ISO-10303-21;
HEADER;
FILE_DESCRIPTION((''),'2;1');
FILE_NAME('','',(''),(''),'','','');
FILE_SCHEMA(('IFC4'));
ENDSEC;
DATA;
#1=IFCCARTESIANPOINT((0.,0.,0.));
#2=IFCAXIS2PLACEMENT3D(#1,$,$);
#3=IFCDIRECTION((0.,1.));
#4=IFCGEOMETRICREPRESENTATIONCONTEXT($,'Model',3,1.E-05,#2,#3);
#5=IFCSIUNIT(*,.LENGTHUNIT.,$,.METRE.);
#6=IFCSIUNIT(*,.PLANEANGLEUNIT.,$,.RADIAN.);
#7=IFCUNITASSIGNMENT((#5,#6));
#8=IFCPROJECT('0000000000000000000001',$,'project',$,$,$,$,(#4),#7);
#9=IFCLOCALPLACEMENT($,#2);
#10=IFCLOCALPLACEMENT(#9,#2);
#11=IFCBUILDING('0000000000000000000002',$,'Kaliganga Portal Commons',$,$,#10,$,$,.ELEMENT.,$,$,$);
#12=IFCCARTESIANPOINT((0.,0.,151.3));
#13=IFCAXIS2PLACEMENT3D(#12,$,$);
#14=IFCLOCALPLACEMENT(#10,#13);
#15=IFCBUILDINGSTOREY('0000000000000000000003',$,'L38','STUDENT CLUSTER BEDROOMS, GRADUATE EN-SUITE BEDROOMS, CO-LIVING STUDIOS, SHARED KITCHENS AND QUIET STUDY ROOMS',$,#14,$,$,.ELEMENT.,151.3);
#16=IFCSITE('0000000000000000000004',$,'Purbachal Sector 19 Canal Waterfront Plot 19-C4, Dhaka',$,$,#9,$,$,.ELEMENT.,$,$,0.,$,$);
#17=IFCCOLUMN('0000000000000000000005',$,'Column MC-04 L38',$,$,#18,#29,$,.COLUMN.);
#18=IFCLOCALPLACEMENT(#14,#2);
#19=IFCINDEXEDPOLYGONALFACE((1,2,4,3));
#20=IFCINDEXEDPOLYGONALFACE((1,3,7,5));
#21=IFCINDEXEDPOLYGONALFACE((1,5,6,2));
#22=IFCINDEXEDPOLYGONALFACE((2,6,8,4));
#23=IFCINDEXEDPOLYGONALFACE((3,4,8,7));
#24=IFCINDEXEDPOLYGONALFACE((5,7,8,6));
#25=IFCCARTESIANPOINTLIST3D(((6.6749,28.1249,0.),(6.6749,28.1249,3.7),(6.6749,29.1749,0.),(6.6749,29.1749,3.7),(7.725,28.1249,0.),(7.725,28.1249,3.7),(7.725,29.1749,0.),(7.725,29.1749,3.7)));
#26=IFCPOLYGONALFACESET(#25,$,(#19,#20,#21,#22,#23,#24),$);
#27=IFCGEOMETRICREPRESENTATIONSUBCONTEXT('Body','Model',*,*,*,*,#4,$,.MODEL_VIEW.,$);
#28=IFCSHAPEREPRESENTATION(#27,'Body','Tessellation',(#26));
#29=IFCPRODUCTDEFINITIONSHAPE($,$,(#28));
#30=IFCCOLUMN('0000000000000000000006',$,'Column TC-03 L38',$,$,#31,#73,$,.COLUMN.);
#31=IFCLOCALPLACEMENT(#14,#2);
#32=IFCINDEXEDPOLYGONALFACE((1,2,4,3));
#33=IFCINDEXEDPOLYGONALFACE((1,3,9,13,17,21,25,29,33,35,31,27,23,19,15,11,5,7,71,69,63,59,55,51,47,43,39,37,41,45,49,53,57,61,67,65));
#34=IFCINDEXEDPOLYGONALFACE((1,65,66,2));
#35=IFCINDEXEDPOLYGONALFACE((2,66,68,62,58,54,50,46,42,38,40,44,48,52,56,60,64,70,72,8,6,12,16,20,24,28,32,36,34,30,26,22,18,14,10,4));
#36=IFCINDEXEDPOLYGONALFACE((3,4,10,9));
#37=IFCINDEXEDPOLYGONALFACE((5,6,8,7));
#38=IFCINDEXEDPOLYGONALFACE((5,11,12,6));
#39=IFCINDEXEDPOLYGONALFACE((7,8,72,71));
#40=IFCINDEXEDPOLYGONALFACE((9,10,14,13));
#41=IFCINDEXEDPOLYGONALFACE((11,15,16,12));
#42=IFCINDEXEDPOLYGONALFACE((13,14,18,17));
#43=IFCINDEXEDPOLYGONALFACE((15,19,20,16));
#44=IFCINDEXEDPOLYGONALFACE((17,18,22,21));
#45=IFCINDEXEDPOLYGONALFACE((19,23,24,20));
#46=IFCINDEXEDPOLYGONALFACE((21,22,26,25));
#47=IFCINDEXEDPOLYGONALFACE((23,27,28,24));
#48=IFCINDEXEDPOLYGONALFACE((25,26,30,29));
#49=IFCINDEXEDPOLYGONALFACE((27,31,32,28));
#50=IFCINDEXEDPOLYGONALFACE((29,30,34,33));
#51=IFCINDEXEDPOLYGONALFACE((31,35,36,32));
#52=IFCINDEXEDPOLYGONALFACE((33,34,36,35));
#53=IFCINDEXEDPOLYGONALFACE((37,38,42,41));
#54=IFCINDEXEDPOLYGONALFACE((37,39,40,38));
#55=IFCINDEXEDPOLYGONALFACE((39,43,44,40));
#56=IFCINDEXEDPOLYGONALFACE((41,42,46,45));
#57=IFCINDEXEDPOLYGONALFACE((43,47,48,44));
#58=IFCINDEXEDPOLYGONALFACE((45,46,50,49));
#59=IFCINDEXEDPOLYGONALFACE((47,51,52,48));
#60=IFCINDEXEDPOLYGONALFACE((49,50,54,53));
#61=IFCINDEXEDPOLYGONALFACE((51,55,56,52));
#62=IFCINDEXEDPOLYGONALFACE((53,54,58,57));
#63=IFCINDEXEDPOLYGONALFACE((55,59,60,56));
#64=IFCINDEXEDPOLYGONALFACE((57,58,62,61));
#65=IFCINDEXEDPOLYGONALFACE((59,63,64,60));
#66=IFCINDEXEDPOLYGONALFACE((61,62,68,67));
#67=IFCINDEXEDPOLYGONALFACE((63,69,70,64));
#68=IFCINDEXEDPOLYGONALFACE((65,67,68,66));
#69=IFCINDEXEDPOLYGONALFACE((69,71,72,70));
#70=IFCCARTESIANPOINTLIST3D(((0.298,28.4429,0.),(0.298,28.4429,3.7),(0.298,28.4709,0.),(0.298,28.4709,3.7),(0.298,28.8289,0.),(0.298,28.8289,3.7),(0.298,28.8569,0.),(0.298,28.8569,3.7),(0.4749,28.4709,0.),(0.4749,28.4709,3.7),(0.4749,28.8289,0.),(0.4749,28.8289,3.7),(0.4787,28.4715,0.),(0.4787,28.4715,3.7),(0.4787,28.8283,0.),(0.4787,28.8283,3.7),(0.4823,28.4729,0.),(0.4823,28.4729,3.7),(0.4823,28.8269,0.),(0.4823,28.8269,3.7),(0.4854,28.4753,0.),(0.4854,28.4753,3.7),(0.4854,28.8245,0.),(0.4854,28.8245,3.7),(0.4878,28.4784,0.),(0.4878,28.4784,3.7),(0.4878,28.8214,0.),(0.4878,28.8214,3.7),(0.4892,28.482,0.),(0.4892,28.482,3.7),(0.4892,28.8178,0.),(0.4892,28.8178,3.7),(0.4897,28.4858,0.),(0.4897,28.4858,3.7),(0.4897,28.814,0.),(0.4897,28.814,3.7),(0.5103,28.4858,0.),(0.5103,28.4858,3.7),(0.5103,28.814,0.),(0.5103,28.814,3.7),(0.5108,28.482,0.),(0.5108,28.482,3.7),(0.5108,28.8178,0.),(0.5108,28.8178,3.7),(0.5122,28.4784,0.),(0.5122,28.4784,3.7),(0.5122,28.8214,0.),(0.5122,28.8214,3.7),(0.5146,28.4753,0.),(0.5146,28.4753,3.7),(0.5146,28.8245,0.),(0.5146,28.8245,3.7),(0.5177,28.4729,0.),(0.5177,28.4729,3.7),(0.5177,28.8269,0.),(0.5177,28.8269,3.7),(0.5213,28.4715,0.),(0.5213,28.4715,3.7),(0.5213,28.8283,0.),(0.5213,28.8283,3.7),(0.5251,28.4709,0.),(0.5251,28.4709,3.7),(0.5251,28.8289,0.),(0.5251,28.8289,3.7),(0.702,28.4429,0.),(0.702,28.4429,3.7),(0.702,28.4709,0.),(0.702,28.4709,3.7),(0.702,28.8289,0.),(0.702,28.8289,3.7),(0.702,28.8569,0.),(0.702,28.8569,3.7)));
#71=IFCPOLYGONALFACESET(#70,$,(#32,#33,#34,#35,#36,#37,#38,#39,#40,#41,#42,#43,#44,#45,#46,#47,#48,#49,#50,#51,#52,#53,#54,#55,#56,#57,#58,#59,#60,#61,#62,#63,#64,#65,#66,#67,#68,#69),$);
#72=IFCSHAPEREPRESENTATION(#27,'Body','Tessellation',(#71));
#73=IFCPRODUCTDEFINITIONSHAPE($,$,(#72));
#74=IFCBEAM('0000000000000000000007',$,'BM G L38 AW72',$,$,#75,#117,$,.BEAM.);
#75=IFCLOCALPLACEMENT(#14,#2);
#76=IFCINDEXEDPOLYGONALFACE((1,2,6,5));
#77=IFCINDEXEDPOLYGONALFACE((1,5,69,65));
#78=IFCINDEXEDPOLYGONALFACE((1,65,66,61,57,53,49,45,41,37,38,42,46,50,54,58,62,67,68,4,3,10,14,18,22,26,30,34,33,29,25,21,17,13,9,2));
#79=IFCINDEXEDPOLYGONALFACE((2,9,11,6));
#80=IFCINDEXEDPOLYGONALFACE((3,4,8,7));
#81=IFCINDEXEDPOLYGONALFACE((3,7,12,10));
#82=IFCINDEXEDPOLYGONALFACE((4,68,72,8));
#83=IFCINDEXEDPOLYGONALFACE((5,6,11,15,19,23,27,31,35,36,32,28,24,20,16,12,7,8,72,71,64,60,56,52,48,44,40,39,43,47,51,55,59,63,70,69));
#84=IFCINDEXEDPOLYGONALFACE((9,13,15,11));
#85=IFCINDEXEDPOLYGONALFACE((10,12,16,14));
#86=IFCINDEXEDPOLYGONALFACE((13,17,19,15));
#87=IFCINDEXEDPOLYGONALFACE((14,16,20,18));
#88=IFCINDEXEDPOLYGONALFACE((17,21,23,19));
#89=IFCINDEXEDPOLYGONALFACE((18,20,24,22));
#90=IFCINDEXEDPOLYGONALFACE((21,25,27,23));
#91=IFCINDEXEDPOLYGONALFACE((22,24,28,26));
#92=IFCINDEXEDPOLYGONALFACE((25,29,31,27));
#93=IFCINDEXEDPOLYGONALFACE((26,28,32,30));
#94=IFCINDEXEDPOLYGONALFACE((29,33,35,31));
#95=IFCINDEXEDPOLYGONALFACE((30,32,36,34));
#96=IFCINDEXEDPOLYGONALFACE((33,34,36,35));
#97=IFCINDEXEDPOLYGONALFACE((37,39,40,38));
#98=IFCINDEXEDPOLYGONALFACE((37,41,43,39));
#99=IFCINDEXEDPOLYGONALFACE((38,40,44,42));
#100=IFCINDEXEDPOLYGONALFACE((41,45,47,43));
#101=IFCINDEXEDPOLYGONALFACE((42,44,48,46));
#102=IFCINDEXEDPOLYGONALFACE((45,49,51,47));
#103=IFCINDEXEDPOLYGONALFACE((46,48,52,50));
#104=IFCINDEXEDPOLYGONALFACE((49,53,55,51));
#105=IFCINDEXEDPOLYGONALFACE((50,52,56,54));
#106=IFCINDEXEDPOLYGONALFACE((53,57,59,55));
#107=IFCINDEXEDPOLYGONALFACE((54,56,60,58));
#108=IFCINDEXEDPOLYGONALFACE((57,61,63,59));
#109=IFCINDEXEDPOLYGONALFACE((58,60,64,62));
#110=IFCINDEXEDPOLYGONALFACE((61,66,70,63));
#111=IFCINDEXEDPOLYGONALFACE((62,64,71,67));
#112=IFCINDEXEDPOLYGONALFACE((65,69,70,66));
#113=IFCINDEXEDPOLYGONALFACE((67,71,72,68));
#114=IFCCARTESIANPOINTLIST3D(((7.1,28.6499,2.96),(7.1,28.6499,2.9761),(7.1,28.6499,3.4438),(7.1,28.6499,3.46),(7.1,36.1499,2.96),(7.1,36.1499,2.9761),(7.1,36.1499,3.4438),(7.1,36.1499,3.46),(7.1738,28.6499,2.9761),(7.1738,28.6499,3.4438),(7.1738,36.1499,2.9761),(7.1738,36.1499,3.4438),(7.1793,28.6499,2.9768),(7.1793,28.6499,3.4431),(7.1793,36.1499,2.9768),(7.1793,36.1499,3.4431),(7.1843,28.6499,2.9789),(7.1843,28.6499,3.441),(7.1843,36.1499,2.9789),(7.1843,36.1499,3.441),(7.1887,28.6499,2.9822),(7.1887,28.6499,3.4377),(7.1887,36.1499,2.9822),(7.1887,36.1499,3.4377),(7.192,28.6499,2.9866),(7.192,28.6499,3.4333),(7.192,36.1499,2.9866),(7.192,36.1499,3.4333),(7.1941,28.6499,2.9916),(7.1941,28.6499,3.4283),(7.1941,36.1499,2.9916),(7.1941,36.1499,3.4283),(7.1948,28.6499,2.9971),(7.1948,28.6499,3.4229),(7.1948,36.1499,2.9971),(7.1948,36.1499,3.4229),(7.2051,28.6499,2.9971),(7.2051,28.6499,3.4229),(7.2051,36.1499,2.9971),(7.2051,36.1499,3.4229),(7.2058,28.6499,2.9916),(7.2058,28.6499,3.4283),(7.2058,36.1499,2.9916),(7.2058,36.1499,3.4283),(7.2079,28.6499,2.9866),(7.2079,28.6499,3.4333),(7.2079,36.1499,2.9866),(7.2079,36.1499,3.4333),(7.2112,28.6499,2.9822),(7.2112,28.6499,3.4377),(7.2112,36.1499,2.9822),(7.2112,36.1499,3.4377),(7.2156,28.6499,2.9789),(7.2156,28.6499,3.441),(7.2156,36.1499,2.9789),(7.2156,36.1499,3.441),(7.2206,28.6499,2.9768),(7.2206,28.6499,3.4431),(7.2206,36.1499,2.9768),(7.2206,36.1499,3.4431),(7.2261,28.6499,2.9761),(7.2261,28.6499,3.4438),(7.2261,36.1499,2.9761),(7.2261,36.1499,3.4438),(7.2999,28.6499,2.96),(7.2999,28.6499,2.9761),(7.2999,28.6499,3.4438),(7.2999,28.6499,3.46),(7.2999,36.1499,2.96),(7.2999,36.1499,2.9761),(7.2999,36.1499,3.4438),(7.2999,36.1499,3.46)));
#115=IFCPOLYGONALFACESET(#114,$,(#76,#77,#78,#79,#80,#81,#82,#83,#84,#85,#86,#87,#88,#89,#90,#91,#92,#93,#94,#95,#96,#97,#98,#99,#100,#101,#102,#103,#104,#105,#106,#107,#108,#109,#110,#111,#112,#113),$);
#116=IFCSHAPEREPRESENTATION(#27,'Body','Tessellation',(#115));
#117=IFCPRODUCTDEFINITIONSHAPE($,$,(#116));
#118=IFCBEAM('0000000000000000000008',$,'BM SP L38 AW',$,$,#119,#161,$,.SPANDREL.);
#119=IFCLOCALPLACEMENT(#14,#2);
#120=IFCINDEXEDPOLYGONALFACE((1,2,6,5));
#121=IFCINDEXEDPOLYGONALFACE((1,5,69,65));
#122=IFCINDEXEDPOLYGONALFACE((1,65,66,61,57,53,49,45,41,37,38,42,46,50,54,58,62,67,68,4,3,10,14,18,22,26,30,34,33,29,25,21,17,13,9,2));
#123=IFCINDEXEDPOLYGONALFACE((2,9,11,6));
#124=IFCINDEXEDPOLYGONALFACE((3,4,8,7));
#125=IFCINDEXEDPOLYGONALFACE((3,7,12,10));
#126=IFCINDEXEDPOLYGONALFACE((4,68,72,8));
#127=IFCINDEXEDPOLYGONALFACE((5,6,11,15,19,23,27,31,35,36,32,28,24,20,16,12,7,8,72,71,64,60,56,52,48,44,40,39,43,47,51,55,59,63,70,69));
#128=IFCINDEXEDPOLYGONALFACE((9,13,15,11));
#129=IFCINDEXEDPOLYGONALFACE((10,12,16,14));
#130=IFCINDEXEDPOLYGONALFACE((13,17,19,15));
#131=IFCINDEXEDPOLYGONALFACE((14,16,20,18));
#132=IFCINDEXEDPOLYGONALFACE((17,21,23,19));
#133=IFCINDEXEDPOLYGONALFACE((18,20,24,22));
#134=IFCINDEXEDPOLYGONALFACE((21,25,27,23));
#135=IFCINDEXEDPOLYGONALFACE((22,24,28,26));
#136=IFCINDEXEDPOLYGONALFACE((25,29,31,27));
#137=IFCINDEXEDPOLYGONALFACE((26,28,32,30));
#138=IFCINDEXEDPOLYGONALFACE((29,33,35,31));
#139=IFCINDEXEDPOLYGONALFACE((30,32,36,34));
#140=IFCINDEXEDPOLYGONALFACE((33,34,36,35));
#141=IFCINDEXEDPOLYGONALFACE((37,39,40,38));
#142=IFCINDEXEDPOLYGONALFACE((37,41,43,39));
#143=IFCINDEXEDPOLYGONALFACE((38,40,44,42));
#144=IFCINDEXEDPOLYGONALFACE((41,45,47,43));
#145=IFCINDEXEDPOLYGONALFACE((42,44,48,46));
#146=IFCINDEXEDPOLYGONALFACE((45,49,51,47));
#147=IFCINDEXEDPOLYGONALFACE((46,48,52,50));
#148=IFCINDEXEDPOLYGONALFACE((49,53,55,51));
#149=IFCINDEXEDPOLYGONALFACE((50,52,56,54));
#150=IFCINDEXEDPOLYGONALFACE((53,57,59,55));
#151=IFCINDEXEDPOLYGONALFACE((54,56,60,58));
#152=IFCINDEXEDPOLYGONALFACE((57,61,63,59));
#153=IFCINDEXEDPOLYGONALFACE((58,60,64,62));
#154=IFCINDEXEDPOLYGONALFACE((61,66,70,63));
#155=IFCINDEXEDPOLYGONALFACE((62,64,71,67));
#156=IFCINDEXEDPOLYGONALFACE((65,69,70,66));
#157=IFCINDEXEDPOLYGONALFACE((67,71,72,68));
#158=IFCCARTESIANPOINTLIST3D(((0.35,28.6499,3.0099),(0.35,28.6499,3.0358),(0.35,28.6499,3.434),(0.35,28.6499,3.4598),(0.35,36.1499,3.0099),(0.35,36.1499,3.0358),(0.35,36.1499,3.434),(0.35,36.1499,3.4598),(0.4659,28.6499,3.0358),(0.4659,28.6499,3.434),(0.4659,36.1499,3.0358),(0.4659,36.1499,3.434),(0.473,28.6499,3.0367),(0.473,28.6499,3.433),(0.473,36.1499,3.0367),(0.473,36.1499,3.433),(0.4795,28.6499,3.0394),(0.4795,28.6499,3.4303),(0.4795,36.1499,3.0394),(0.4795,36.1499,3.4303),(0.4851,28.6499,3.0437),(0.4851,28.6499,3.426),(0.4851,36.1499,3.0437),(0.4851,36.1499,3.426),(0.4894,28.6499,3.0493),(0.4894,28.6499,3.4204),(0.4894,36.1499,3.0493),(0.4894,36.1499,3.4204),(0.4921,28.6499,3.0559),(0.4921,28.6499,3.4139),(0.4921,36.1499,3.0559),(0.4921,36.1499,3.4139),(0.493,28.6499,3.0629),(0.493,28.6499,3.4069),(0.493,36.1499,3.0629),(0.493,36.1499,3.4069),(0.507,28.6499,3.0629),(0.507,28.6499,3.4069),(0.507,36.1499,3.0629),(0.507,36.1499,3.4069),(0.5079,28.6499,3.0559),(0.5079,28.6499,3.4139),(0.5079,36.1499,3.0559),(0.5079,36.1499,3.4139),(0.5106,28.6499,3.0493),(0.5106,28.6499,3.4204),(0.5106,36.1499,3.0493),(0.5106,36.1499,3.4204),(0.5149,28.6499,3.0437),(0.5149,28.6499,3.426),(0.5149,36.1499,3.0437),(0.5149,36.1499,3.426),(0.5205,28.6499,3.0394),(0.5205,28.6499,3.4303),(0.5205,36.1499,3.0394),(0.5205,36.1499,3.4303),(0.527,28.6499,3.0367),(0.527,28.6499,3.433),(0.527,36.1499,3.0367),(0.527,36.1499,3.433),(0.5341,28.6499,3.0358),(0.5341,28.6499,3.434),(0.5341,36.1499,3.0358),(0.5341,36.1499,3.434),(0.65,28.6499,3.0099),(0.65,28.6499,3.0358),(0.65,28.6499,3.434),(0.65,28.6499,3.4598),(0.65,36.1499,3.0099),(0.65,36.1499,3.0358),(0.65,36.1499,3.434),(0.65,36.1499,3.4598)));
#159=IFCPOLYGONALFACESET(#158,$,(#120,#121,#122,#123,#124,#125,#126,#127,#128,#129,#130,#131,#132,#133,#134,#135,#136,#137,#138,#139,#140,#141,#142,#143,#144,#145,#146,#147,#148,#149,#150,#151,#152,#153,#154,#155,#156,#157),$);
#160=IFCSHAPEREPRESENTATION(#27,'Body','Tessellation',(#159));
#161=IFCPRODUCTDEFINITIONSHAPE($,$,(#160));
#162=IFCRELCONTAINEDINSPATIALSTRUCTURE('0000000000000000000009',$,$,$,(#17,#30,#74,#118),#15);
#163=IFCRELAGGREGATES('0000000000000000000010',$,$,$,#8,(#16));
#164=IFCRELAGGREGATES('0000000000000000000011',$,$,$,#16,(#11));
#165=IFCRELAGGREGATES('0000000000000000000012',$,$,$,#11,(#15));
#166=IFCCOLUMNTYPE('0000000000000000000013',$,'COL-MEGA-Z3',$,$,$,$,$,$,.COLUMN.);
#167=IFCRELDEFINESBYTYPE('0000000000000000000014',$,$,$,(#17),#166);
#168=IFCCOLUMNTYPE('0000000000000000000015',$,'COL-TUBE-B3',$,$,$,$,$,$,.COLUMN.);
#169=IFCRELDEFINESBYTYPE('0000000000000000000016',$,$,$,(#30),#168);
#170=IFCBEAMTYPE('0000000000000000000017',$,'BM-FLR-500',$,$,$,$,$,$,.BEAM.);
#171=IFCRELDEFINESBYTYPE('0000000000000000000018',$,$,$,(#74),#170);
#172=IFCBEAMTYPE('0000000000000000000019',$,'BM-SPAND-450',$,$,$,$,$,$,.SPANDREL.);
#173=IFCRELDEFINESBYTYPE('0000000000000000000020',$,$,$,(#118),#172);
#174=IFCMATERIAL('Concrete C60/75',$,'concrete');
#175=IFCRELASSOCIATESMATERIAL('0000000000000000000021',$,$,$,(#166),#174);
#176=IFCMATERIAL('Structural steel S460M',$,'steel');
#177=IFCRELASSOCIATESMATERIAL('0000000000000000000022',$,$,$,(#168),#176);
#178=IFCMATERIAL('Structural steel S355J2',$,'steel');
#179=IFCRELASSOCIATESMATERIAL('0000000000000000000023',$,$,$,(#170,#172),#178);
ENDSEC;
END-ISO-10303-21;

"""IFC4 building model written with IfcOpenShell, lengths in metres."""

from ifc_helpers import new_model, si_unit, direction, frame, origin, origin_2d, place, context, subcontext, project, spatial, rectangle, i_section, extrude, source, transform, mapped, material, material_profile, profile_set, type_object, element, save


model = new_model("IFC4")

# Units and contexts
model_context = context("Model", 3, precision=1e-05, world=origin(), true_north=direction((0.0, 1.0)))
body_context = subcontext(model_context, "Body", "Model", "MODEL_VIEW")
ifc_project = project(units=[si_unit("LENGTHUNIT", "METRE"), si_unit("PLANEANGLEUNIT", "RADIAN")], contexts=[model_context])

# Site, building, storey
site_placement = place(None, origin())
site = spatial("IfcSite", under=ifc_project, at=site_placement, Name="Purbachal Sector 19 Canal Waterfront Plot 19-C4, Dhaka", CompositionType="ELEMENT", RefElevation=0.0)
building_placement = place(site_placement, origin())
building = spatial("IfcBuilding", under=site, at=building_placement, Name="Kaliganga Portal Commons", CompositionType="ELEMENT")
storey_placement = place(building_placement, frame((0.0, 0.0, 151.3)))
storey = spatial("IfcBuildingStorey", under=building, at=storey_placement, Name="L38", Description="STUDENT CLUSTER BEDROOMS, GRADUATE EN-SUITE BEDROOMS, CO-LIVING STUDIOS, SHARED KITCHENS AND QUIET STUDY ROOMS", CompositionType="ELEMENT", Elevation=151.3)

# Columns
ifc_material_1 = material(Name="Concrete C60/75", Category="concrete")
ifc_material_profile_1 = material_profile(ifc_material_1, rectangle(XDim=1.05, YDim=1.05, at=origin_2d()), Name="RC 1050x1050")
ifc_profile_set_1 = profile_set([ifc_material_profile_1], Name="Concrete C60/75")
column_type_1 = type_object("IfcColumnType", Name="COL-MEGA-Z3", PredefinedType="COLUMN", material=ifc_profile_set_1)
shared_shape_1 = source(origin(), body_context, "Body", "SweptSolid", [
    extrude(rectangle(XDim=1.05, YDim=1.05, at=origin_2d()), origin(), (0.0, 0.0, 1.0), 3.7),
])
column_1_placement = place(storey_placement, frame((7.2, 28.6499, 0.0), z_axis=(0.0, 0.0, 1.0), x_axis=(1.0, 0.0, 0.0)))
element("IfcColumn", 1, at=column_1_placement, inside=storey, type_object=column_type_1, Name="Column MC-04 L38", PredefinedType="COLUMN", context=body_context, shape_type="MappedRepresentation", body=[
    mapped(shared_shape_1, transform((0.0, 0.0, 0.0), x_axis=(1.0, 0.0, 0.0), y_axis=(0.0, 1.0, 0.0), z_axis=(0.0, 0.0, 1.0), scale=1.0)),
])
ifc_material_2 = material(Name="Structural steel S460M", Category="steel")
ifc_material_profile_2 = material_profile(ifc_material_2, i_section(OverallWidth=0.4041, OverallDepth=0.4141, WebThickness=0.0205, FlangeThickness=0.0281, FilletRadius=0.0149, at=origin_2d()), Name="HD 400x347")
ifc_profile_set_2 = profile_set([ifc_material_profile_2], Name="Structural steel S460M wide-flange")
column_type_2 = type_object("IfcColumnType", Name="COL-TUBE-B3", PredefinedType="COLUMN", material=ifc_profile_set_2)
shared_shape_2 = source(origin(), body_context, "Body", "SweptSolid", [
    extrude(i_section(OverallWidth=0.4041, OverallDepth=0.4141, WebThickness=0.0205, FlangeThickness=0.0281, FilletRadius=0.0149, at=origin_2d()), origin(), (0.0, 0.0, 1.0), 3.7),
])
column_2_placement = place(storey_placement, frame((0.5, 28.6499, 0.0), z_axis=(0.0, 0.0, 1.0), x_axis=(1.0, 0.0, 0.0)))
element("IfcColumn", 2, at=column_2_placement, inside=storey, type_object=column_type_2, Name="Column TC-03 L38", PredefinedType="COLUMN", context=body_context, shape_type="MappedRepresentation", body=[
    mapped(shared_shape_2, transform((0.0, 0.0, 0.0), x_axis=(1.0, 0.0, 0.0), y_axis=(0.0, 1.0, 0.0), z_axis=(0.0, 0.0, 1.0), scale=1.0)),
])

# Beams
ifc_material_3 = material(Name="Structural steel S355J2", Category="steel")
ifc_material_profile_3 = material_profile(ifc_material_3, i_section(OverallWidth=0.2, OverallDepth=0.5, WebThickness=0.0103, FlangeThickness=0.0161, FilletRadius=0.021, at=origin_2d()), Name="IPE 500")
ifc_profile_set_3 = profile_set([ifc_material_profile_3], Name="Structural steel S355J2 wide-flange")
beam_type_1 = type_object("IfcBeamType", Name="BM-FLR-500", PredefinedType="BEAM", material=ifc_profile_set_3)
shared_shape_3 = source(origin(), body_context, "Body", "SweptSolid", [
    extrude(i_section(OverallWidth=0.2, OverallDepth=0.5, WebThickness=0.0103, FlangeThickness=0.0161, FilletRadius=0.021, at=origin_2d()), origin(), (0.0, 0.0, 1.0), 7.5),
])
beam_1_placement = place(storey_placement, frame((7.2, 28.6499, 3.21), z_axis=(0.0, 1.0, 0.0), x_axis=(-1.0, 0.0, 0.0)))
element("IfcBeam", 3, at=beam_1_placement, inside=storey, type_object=beam_type_1, Name="BM G L38 AW72", PredefinedType="BEAM", context=body_context, shape_type="MappedRepresentation", body=[
    mapped(shared_shape_3, transform((0.0, 0.0, 0.0), x_axis=(1.0, 0.0, 0.0), y_axis=(0.0, 1.0, 0.0), z_axis=(0.0, 0.0, 1.0), scale=1.0)),
])
ifc_material_profile_4 = material_profile(ifc_material_3, i_section(OverallWidth=0.3, OverallDepth=0.45, WebThickness=0.0139, FlangeThickness=0.0259, FilletRadius=0.0271, at=origin_2d()), Name="HE 450 B")
ifc_profile_set_4 = profile_set([ifc_material_profile_4], Name="Structural steel S355J2 wide-flange")
beam_type_2 = type_object("IfcBeamType", Name="BM-SPAND-450", PredefinedType="SPANDREL", material=ifc_profile_set_4)
shared_shape_4 = source(origin(), body_context, "Body", "SweptSolid", [
    extrude(i_section(OverallWidth=0.3, OverallDepth=0.45, WebThickness=0.0139, FlangeThickness=0.0259, FilletRadius=0.0271, at=origin_2d()), origin(), (0.0, 0.0, 1.0), 7.5),
])
beam_2_placement = place(storey_placement, frame((0.5, 28.6499, 3.2349), z_axis=(0.0, 1.0, 0.0), x_axis=(-1.0, 0.0, 0.0)))
element("IfcBeam", 4, at=beam_2_placement, inside=storey, type_object=beam_type_2, Name="BM SP L38 AW", PredefinedType="SPANDREL", context=body_context, shape_type="MappedRepresentation", body=[
    mapped(shared_shape_4, transform((0.0, 0.0, 0.0), x_axis=(1.0, 0.0, 0.0), y_axis=(0.0, 1.0, 0.0), z_axis=(0.0, 0.0, 1.0), scale=1.0)),
])

save(model, "model.ifc")
